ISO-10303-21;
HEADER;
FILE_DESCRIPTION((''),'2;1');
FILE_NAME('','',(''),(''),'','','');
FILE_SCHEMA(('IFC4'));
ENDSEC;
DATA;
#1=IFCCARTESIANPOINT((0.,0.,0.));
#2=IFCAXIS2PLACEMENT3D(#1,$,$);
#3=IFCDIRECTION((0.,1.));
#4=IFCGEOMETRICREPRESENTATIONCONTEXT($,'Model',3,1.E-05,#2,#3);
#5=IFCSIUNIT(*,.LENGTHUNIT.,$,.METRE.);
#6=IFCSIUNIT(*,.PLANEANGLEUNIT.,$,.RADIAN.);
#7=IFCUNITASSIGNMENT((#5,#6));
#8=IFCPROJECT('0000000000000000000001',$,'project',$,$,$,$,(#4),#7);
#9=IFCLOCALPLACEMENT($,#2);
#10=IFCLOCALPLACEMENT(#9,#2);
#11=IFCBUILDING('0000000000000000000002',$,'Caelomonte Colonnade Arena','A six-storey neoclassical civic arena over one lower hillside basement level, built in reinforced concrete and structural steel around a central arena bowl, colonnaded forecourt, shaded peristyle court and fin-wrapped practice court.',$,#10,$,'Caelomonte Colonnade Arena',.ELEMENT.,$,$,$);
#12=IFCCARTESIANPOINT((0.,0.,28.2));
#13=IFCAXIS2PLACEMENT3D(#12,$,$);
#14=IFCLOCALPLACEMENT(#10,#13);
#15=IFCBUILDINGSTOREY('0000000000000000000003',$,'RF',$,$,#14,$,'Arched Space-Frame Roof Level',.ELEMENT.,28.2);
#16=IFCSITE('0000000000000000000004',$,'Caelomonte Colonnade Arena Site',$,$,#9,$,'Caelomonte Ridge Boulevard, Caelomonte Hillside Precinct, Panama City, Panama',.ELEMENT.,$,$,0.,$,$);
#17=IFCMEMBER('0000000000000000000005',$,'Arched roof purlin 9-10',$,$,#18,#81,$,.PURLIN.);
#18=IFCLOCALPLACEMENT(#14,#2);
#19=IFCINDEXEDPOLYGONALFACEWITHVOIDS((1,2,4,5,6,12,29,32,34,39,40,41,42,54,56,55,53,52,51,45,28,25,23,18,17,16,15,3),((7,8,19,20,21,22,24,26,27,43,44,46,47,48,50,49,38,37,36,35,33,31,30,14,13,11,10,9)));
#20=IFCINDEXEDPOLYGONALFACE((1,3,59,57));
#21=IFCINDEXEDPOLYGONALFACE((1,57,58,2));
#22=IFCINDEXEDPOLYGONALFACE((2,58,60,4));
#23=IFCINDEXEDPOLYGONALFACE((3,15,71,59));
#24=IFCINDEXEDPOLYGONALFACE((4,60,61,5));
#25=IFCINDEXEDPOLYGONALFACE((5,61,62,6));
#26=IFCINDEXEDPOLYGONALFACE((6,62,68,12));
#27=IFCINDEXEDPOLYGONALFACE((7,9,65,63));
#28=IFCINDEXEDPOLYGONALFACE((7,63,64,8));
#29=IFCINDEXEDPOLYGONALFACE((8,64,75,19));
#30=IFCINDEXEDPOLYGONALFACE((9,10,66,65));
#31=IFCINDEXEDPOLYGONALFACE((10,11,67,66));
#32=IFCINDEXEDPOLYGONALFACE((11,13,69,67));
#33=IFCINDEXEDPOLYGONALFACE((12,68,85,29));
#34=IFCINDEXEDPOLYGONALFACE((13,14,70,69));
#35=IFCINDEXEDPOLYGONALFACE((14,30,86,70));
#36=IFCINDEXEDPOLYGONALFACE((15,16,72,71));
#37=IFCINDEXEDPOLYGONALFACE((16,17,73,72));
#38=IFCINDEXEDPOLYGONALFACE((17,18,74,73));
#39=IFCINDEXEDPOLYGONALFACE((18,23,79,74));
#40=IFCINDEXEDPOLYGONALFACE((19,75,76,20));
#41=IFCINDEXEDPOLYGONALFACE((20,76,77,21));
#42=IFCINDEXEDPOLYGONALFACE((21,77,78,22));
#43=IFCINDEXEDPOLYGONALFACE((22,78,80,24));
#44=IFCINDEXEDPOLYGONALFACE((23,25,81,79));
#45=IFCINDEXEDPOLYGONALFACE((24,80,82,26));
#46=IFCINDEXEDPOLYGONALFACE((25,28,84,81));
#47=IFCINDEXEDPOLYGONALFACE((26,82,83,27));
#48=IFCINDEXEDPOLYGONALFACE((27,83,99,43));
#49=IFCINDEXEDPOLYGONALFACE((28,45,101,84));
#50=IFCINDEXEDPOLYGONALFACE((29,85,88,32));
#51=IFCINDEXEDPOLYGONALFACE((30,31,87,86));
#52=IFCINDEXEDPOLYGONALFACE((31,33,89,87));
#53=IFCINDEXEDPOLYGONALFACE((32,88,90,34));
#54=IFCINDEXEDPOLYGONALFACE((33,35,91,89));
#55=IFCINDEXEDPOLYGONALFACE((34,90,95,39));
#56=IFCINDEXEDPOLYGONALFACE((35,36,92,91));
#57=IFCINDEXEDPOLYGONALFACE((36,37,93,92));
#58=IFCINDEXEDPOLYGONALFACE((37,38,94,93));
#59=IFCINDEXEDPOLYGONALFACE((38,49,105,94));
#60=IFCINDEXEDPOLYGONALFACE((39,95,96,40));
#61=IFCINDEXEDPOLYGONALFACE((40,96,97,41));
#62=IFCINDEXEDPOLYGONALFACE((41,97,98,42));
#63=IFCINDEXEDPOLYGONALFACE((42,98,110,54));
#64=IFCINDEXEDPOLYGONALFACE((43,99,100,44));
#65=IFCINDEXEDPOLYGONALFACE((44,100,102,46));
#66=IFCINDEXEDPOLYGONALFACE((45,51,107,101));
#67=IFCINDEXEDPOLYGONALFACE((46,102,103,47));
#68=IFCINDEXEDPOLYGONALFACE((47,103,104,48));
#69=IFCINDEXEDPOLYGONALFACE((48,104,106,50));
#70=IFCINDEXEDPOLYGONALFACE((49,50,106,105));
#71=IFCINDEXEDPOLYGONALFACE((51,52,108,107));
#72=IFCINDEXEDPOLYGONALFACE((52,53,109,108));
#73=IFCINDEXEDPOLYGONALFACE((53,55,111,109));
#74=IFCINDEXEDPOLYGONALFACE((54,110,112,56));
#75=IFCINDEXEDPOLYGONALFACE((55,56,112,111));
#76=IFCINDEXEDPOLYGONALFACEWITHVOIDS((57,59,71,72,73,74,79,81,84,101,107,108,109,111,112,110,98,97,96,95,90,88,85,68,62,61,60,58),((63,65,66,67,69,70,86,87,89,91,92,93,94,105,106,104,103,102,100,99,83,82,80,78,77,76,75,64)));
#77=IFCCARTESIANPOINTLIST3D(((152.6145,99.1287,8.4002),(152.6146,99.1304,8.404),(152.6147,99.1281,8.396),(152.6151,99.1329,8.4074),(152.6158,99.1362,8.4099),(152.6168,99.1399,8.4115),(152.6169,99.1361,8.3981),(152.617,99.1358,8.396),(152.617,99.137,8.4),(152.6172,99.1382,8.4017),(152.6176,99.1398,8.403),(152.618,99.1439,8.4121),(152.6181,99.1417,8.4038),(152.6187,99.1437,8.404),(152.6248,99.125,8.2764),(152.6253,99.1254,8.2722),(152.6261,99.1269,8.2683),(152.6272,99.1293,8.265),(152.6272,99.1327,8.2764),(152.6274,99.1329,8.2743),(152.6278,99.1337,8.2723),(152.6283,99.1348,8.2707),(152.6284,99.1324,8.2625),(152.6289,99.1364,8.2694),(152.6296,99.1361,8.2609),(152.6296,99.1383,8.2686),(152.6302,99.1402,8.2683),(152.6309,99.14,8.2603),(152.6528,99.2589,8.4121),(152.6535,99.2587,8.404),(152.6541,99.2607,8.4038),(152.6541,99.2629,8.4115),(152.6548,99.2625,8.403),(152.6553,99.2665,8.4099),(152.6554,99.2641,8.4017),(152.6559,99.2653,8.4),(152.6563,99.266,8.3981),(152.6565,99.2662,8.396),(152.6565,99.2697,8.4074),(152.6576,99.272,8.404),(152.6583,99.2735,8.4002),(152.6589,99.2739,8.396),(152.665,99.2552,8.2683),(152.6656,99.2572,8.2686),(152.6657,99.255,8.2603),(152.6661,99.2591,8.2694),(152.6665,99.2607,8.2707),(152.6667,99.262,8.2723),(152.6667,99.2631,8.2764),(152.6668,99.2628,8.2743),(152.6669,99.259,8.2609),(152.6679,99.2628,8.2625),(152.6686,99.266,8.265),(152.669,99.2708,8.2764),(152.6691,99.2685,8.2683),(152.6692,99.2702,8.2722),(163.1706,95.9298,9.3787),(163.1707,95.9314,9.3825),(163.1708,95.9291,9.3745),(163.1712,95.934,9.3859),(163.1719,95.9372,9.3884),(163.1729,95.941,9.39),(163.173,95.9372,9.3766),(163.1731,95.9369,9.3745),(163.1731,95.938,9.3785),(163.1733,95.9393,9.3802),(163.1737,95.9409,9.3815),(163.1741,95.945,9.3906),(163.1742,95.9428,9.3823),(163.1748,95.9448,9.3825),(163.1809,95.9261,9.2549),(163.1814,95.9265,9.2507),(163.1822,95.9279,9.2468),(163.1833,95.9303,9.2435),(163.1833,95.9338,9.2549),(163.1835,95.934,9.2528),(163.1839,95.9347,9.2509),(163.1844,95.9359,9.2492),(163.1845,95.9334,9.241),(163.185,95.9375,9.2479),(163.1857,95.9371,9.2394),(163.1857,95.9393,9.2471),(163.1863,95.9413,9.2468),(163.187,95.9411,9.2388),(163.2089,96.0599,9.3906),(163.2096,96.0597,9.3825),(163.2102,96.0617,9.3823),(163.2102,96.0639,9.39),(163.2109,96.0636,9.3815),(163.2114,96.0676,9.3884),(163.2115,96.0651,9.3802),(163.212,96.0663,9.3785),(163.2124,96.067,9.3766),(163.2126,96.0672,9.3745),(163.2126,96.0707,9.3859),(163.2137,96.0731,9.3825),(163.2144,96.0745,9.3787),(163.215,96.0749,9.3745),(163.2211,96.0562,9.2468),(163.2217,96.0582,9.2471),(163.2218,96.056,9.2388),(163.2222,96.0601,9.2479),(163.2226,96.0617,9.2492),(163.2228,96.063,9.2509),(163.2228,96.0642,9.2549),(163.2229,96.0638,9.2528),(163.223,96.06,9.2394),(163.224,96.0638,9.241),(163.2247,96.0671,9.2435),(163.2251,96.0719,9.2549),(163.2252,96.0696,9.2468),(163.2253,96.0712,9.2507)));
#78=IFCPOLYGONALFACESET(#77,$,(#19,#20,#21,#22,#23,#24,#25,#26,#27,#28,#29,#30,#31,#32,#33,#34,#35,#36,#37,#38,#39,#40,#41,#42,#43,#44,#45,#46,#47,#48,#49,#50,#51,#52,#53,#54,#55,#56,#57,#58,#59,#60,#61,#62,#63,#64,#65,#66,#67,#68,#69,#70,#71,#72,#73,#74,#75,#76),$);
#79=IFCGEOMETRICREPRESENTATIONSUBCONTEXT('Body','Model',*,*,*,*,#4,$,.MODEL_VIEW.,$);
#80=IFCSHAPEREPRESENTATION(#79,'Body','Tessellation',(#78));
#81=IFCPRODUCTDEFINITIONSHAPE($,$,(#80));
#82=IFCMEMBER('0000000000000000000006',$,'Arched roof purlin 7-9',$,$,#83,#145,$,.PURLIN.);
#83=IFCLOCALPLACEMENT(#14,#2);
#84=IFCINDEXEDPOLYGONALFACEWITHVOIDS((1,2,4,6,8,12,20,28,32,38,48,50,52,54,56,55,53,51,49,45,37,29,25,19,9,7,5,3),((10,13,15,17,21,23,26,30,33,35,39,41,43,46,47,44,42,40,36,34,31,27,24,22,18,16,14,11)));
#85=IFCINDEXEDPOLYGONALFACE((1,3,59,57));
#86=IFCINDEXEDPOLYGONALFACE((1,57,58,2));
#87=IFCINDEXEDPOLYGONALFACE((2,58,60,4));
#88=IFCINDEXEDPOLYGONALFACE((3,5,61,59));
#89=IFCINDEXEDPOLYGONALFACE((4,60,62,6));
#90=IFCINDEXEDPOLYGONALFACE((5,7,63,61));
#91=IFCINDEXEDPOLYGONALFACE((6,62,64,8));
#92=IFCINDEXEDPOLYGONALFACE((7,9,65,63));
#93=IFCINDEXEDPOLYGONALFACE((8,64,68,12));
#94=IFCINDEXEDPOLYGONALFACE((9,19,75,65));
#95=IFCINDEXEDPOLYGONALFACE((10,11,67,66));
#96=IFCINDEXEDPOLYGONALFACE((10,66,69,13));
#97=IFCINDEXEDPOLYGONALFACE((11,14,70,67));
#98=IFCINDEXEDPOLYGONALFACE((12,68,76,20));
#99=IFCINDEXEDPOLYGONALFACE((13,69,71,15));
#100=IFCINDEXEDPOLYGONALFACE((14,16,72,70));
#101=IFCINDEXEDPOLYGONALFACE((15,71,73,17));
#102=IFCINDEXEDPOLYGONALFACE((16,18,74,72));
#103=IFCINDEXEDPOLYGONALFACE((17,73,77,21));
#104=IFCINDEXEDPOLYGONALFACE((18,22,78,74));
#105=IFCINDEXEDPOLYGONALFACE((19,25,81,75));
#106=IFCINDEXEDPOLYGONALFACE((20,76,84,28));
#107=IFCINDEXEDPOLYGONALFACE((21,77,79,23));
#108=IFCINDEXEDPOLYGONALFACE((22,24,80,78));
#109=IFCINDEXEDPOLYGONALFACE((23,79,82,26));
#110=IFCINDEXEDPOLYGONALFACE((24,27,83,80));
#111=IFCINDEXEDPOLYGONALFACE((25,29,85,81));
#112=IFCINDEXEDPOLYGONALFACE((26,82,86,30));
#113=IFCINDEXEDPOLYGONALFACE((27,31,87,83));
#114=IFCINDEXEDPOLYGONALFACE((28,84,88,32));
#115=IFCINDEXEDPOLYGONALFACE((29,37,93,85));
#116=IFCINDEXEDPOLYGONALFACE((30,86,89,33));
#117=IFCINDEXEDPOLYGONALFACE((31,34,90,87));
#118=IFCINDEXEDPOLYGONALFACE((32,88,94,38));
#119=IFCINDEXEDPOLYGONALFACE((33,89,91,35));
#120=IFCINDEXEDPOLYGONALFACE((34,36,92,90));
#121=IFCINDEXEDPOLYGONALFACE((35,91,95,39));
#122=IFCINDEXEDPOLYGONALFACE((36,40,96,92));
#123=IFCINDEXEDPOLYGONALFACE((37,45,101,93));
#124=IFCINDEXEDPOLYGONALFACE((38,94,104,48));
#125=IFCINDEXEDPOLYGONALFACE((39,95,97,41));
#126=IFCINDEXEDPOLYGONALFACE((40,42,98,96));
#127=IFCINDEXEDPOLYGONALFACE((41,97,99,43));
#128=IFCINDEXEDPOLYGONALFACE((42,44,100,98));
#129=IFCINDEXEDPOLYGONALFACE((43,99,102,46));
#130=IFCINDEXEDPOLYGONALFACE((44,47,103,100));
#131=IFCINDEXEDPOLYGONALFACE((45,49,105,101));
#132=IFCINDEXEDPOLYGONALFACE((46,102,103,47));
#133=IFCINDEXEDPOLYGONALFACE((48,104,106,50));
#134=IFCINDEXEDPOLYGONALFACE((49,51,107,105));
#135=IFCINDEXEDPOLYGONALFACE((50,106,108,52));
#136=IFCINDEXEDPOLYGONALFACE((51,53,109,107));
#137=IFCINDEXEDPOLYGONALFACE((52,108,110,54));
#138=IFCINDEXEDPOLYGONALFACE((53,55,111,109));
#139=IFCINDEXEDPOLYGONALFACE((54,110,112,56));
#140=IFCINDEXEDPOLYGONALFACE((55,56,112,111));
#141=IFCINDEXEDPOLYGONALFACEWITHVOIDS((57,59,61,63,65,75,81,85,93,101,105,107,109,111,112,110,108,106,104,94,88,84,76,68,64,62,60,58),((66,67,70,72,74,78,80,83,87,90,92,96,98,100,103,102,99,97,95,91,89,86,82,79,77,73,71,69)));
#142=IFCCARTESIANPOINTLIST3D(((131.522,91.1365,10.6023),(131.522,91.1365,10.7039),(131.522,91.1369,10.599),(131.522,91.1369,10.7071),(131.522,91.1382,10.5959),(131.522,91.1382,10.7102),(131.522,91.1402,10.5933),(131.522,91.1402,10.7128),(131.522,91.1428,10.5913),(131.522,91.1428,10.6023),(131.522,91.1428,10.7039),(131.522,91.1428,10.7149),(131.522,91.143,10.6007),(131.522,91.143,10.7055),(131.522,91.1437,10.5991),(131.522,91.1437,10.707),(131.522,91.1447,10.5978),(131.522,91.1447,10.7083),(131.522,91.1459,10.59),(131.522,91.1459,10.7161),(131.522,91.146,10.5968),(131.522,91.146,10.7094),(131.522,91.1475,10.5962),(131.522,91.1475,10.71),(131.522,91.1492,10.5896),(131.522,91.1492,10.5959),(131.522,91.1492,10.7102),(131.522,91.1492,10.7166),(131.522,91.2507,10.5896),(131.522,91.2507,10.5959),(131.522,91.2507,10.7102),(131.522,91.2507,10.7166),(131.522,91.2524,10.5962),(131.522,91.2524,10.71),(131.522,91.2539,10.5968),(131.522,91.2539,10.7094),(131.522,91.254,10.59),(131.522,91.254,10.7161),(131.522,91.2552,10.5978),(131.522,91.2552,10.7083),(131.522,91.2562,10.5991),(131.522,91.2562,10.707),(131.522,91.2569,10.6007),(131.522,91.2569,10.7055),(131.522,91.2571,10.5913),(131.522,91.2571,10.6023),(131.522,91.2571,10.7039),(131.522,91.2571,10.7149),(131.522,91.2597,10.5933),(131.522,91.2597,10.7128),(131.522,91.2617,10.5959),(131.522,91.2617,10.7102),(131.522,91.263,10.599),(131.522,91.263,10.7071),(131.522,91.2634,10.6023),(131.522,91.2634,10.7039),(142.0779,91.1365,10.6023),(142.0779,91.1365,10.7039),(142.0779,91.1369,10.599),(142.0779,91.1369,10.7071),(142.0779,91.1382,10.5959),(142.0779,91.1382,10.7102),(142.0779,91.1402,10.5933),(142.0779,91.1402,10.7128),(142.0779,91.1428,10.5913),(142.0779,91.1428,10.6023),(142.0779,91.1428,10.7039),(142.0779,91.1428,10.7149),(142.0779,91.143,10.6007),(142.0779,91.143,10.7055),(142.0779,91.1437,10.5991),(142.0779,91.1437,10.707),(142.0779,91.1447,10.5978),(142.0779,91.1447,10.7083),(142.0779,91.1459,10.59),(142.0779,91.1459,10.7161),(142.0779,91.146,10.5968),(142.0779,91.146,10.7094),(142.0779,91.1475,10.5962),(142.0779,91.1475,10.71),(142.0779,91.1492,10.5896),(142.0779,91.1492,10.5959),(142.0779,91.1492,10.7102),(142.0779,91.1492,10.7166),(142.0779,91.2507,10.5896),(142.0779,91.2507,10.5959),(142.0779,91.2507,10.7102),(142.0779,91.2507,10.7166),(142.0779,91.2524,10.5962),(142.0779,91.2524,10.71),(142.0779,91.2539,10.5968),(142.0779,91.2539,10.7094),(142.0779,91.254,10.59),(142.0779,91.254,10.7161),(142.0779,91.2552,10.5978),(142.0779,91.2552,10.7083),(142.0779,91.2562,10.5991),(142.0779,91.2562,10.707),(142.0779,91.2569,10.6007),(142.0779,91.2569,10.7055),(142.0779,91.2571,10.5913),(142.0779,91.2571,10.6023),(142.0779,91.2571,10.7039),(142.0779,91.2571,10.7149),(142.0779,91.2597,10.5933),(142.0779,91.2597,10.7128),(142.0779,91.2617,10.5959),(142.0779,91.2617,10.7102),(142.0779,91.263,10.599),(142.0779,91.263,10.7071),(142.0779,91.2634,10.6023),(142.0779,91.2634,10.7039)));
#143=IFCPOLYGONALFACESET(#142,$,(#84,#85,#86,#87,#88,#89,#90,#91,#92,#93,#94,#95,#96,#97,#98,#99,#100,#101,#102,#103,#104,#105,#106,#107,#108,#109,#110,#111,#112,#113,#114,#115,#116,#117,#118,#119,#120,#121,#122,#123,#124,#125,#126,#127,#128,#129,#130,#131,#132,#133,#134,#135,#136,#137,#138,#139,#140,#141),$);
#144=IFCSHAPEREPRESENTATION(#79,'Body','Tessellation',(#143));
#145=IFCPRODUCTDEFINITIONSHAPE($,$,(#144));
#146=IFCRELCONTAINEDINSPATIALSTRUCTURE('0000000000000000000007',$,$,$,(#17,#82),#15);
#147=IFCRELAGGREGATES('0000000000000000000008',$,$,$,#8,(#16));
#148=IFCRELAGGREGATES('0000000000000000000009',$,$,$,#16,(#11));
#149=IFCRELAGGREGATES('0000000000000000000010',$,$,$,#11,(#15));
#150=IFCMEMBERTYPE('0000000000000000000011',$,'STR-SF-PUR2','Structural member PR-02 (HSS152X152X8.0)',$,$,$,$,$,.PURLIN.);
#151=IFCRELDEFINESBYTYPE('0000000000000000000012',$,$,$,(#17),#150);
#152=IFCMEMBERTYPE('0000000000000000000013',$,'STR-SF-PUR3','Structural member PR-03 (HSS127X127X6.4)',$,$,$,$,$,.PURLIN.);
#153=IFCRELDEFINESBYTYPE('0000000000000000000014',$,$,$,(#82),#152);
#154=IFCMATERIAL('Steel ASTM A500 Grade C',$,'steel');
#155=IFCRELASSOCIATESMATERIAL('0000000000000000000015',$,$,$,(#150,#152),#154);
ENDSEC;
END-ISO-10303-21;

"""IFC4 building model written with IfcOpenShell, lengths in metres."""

from ifc_helpers import new_model, si_unit, direction, frame, origin, origin_2d, place, context, subcontext, project, spatial, hollow_rectangle, extrude, material, material_profile, profile_set, type_object, element, save


model = new_model("IFC4")

# Units and contexts
model_context = context("Model", 3, precision=1e-05, world=origin(), true_north=direction((0.0, 1.0)))
body_context = subcontext(model_context, "Body", "Model", "MODEL_VIEW")
ifc_project = project(units=[si_unit("LENGTHUNIT", "METRE"), si_unit("PLANEANGLEUNIT", "RADIAN")], contexts=[model_context])

# Site, building, storey
site_placement = place(None, origin())
site = spatial("IfcSite", under=ifc_project, at=site_placement, Name="Caelomonte Colonnade Arena Site", LongName="Caelomonte Ridge Boulevard, Caelomonte Hillside Precinct, Panama City, Panama", CompositionType="ELEMENT", RefElevation=0.0)
building_placement = place(site_placement, origin())
building = spatial("IfcBuilding", under=site, at=building_placement, Name="Caelomonte Colonnade Arena", Description="A six-storey neoclassical civic arena over one lower hillside basement level, built in reinforced concrete and structural steel around a central arena bowl, colonnaded forecourt, shaded peristyle court and fin-wrapped practice court.", LongName="Caelomonte Colonnade Arena", CompositionType="ELEMENT")
storey_placement = place(building_placement, frame((0.0, 0.0, 28.2)))
storey = spatial("IfcBuildingStorey", under=building, at=storey_placement, Name="RF", LongName="Arched Space-Frame Roof Level", CompositionType="ELEMENT", Elevation=28.2)

# Members
ifc_material_1 = material(Name="Steel ASTM A500 Grade C", Category="steel")
ifc_material_profile_1 = material_profile(ifc_material_1, hollow_rectangle(XDim=0.1523, YDim=0.1523, WallThickness=0.0081, InnerFilletRadius=0.0081, OuterFilletRadius=0.0161, at=origin_2d()), Name="HSS152X152X8.0")
ifc_profile_set_1 = profile_set([ifc_material_profile_1], Name="Steel ASTM A500 Grade C")
member_type_1 = type_object("IfcMemberType", Name="STR-SF-PUR2", Description="Structural member PR-02 (HSS152X152X8.0)", PredefinedType="PURLIN", material=ifc_profile_set_1)
member_1_placement = place(storey_placement, frame((152.6418, 99.1995, 8.3362), z_axis=(0.953277, -0.288885, 0.088365), x_axis=(0.290019, 0.957021, 0.0)))
element("IfcMember", 1, at=member_1_placement, inside=storey, type_object=member_type_1, Name="Arched roof purlin 9-10", PredefinedType="PURLIN", context=body_context, shape_type="SweptSolid", body=[
    extrude(hollow_rectangle(XDim=0.1523, YDim=0.1523, WallThickness=0.0081, InnerFilletRadius=0.0081, OuterFilletRadius=0.0161, at=origin_2d()), origin(), (0.0, 0.0, 1.0), 11.0735),
])
ifc_material_profile_2 = material_profile(ifc_material_1, hollow_rectangle(XDim=0.127, YDim=0.127, WallThickness=0.0063, InnerFilletRadius=0.0063, OuterFilletRadius=0.0127, at=origin_2d()), Name="HSS127X127X6.4")
ifc_profile_set_2 = profile_set([ifc_material_profile_2], Name="Steel ASTM A500 Grade C")
member_type_2 = type_object("IfcMemberType", Name="STR-SF-PUR3", Description="Structural member PR-03 (HSS127X127X6.4)", PredefinedType="PURLIN", material=ifc_profile_set_2)
for number, where, z_axis, x_axis, name in (
    (2, (131.522, 91.2, 10.6531), (1.0, 0.0, 0.0), (0.0, 1.0, 0.0), "Arched roof purlin 7-9"),
):
    element("IfcMember", number, at=place(storey_placement, frame(where, z_axis=z_axis, x_axis=x_axis)), inside=storey, type_object=member_type_2, Name=name, PredefinedType="PURLIN", context=body_context, shape_type="SweptSolid", body=[
        extrude(hollow_rectangle(XDim=0.127, YDim=0.127, WallThickness=0.0063, InnerFilletRadius=0.0063, OuterFilletRadius=0.0127, at=origin_2d()), origin(), (0.0, 0.0, 1.0), 10.5559),
    ])

save(model, "model.ifc")
